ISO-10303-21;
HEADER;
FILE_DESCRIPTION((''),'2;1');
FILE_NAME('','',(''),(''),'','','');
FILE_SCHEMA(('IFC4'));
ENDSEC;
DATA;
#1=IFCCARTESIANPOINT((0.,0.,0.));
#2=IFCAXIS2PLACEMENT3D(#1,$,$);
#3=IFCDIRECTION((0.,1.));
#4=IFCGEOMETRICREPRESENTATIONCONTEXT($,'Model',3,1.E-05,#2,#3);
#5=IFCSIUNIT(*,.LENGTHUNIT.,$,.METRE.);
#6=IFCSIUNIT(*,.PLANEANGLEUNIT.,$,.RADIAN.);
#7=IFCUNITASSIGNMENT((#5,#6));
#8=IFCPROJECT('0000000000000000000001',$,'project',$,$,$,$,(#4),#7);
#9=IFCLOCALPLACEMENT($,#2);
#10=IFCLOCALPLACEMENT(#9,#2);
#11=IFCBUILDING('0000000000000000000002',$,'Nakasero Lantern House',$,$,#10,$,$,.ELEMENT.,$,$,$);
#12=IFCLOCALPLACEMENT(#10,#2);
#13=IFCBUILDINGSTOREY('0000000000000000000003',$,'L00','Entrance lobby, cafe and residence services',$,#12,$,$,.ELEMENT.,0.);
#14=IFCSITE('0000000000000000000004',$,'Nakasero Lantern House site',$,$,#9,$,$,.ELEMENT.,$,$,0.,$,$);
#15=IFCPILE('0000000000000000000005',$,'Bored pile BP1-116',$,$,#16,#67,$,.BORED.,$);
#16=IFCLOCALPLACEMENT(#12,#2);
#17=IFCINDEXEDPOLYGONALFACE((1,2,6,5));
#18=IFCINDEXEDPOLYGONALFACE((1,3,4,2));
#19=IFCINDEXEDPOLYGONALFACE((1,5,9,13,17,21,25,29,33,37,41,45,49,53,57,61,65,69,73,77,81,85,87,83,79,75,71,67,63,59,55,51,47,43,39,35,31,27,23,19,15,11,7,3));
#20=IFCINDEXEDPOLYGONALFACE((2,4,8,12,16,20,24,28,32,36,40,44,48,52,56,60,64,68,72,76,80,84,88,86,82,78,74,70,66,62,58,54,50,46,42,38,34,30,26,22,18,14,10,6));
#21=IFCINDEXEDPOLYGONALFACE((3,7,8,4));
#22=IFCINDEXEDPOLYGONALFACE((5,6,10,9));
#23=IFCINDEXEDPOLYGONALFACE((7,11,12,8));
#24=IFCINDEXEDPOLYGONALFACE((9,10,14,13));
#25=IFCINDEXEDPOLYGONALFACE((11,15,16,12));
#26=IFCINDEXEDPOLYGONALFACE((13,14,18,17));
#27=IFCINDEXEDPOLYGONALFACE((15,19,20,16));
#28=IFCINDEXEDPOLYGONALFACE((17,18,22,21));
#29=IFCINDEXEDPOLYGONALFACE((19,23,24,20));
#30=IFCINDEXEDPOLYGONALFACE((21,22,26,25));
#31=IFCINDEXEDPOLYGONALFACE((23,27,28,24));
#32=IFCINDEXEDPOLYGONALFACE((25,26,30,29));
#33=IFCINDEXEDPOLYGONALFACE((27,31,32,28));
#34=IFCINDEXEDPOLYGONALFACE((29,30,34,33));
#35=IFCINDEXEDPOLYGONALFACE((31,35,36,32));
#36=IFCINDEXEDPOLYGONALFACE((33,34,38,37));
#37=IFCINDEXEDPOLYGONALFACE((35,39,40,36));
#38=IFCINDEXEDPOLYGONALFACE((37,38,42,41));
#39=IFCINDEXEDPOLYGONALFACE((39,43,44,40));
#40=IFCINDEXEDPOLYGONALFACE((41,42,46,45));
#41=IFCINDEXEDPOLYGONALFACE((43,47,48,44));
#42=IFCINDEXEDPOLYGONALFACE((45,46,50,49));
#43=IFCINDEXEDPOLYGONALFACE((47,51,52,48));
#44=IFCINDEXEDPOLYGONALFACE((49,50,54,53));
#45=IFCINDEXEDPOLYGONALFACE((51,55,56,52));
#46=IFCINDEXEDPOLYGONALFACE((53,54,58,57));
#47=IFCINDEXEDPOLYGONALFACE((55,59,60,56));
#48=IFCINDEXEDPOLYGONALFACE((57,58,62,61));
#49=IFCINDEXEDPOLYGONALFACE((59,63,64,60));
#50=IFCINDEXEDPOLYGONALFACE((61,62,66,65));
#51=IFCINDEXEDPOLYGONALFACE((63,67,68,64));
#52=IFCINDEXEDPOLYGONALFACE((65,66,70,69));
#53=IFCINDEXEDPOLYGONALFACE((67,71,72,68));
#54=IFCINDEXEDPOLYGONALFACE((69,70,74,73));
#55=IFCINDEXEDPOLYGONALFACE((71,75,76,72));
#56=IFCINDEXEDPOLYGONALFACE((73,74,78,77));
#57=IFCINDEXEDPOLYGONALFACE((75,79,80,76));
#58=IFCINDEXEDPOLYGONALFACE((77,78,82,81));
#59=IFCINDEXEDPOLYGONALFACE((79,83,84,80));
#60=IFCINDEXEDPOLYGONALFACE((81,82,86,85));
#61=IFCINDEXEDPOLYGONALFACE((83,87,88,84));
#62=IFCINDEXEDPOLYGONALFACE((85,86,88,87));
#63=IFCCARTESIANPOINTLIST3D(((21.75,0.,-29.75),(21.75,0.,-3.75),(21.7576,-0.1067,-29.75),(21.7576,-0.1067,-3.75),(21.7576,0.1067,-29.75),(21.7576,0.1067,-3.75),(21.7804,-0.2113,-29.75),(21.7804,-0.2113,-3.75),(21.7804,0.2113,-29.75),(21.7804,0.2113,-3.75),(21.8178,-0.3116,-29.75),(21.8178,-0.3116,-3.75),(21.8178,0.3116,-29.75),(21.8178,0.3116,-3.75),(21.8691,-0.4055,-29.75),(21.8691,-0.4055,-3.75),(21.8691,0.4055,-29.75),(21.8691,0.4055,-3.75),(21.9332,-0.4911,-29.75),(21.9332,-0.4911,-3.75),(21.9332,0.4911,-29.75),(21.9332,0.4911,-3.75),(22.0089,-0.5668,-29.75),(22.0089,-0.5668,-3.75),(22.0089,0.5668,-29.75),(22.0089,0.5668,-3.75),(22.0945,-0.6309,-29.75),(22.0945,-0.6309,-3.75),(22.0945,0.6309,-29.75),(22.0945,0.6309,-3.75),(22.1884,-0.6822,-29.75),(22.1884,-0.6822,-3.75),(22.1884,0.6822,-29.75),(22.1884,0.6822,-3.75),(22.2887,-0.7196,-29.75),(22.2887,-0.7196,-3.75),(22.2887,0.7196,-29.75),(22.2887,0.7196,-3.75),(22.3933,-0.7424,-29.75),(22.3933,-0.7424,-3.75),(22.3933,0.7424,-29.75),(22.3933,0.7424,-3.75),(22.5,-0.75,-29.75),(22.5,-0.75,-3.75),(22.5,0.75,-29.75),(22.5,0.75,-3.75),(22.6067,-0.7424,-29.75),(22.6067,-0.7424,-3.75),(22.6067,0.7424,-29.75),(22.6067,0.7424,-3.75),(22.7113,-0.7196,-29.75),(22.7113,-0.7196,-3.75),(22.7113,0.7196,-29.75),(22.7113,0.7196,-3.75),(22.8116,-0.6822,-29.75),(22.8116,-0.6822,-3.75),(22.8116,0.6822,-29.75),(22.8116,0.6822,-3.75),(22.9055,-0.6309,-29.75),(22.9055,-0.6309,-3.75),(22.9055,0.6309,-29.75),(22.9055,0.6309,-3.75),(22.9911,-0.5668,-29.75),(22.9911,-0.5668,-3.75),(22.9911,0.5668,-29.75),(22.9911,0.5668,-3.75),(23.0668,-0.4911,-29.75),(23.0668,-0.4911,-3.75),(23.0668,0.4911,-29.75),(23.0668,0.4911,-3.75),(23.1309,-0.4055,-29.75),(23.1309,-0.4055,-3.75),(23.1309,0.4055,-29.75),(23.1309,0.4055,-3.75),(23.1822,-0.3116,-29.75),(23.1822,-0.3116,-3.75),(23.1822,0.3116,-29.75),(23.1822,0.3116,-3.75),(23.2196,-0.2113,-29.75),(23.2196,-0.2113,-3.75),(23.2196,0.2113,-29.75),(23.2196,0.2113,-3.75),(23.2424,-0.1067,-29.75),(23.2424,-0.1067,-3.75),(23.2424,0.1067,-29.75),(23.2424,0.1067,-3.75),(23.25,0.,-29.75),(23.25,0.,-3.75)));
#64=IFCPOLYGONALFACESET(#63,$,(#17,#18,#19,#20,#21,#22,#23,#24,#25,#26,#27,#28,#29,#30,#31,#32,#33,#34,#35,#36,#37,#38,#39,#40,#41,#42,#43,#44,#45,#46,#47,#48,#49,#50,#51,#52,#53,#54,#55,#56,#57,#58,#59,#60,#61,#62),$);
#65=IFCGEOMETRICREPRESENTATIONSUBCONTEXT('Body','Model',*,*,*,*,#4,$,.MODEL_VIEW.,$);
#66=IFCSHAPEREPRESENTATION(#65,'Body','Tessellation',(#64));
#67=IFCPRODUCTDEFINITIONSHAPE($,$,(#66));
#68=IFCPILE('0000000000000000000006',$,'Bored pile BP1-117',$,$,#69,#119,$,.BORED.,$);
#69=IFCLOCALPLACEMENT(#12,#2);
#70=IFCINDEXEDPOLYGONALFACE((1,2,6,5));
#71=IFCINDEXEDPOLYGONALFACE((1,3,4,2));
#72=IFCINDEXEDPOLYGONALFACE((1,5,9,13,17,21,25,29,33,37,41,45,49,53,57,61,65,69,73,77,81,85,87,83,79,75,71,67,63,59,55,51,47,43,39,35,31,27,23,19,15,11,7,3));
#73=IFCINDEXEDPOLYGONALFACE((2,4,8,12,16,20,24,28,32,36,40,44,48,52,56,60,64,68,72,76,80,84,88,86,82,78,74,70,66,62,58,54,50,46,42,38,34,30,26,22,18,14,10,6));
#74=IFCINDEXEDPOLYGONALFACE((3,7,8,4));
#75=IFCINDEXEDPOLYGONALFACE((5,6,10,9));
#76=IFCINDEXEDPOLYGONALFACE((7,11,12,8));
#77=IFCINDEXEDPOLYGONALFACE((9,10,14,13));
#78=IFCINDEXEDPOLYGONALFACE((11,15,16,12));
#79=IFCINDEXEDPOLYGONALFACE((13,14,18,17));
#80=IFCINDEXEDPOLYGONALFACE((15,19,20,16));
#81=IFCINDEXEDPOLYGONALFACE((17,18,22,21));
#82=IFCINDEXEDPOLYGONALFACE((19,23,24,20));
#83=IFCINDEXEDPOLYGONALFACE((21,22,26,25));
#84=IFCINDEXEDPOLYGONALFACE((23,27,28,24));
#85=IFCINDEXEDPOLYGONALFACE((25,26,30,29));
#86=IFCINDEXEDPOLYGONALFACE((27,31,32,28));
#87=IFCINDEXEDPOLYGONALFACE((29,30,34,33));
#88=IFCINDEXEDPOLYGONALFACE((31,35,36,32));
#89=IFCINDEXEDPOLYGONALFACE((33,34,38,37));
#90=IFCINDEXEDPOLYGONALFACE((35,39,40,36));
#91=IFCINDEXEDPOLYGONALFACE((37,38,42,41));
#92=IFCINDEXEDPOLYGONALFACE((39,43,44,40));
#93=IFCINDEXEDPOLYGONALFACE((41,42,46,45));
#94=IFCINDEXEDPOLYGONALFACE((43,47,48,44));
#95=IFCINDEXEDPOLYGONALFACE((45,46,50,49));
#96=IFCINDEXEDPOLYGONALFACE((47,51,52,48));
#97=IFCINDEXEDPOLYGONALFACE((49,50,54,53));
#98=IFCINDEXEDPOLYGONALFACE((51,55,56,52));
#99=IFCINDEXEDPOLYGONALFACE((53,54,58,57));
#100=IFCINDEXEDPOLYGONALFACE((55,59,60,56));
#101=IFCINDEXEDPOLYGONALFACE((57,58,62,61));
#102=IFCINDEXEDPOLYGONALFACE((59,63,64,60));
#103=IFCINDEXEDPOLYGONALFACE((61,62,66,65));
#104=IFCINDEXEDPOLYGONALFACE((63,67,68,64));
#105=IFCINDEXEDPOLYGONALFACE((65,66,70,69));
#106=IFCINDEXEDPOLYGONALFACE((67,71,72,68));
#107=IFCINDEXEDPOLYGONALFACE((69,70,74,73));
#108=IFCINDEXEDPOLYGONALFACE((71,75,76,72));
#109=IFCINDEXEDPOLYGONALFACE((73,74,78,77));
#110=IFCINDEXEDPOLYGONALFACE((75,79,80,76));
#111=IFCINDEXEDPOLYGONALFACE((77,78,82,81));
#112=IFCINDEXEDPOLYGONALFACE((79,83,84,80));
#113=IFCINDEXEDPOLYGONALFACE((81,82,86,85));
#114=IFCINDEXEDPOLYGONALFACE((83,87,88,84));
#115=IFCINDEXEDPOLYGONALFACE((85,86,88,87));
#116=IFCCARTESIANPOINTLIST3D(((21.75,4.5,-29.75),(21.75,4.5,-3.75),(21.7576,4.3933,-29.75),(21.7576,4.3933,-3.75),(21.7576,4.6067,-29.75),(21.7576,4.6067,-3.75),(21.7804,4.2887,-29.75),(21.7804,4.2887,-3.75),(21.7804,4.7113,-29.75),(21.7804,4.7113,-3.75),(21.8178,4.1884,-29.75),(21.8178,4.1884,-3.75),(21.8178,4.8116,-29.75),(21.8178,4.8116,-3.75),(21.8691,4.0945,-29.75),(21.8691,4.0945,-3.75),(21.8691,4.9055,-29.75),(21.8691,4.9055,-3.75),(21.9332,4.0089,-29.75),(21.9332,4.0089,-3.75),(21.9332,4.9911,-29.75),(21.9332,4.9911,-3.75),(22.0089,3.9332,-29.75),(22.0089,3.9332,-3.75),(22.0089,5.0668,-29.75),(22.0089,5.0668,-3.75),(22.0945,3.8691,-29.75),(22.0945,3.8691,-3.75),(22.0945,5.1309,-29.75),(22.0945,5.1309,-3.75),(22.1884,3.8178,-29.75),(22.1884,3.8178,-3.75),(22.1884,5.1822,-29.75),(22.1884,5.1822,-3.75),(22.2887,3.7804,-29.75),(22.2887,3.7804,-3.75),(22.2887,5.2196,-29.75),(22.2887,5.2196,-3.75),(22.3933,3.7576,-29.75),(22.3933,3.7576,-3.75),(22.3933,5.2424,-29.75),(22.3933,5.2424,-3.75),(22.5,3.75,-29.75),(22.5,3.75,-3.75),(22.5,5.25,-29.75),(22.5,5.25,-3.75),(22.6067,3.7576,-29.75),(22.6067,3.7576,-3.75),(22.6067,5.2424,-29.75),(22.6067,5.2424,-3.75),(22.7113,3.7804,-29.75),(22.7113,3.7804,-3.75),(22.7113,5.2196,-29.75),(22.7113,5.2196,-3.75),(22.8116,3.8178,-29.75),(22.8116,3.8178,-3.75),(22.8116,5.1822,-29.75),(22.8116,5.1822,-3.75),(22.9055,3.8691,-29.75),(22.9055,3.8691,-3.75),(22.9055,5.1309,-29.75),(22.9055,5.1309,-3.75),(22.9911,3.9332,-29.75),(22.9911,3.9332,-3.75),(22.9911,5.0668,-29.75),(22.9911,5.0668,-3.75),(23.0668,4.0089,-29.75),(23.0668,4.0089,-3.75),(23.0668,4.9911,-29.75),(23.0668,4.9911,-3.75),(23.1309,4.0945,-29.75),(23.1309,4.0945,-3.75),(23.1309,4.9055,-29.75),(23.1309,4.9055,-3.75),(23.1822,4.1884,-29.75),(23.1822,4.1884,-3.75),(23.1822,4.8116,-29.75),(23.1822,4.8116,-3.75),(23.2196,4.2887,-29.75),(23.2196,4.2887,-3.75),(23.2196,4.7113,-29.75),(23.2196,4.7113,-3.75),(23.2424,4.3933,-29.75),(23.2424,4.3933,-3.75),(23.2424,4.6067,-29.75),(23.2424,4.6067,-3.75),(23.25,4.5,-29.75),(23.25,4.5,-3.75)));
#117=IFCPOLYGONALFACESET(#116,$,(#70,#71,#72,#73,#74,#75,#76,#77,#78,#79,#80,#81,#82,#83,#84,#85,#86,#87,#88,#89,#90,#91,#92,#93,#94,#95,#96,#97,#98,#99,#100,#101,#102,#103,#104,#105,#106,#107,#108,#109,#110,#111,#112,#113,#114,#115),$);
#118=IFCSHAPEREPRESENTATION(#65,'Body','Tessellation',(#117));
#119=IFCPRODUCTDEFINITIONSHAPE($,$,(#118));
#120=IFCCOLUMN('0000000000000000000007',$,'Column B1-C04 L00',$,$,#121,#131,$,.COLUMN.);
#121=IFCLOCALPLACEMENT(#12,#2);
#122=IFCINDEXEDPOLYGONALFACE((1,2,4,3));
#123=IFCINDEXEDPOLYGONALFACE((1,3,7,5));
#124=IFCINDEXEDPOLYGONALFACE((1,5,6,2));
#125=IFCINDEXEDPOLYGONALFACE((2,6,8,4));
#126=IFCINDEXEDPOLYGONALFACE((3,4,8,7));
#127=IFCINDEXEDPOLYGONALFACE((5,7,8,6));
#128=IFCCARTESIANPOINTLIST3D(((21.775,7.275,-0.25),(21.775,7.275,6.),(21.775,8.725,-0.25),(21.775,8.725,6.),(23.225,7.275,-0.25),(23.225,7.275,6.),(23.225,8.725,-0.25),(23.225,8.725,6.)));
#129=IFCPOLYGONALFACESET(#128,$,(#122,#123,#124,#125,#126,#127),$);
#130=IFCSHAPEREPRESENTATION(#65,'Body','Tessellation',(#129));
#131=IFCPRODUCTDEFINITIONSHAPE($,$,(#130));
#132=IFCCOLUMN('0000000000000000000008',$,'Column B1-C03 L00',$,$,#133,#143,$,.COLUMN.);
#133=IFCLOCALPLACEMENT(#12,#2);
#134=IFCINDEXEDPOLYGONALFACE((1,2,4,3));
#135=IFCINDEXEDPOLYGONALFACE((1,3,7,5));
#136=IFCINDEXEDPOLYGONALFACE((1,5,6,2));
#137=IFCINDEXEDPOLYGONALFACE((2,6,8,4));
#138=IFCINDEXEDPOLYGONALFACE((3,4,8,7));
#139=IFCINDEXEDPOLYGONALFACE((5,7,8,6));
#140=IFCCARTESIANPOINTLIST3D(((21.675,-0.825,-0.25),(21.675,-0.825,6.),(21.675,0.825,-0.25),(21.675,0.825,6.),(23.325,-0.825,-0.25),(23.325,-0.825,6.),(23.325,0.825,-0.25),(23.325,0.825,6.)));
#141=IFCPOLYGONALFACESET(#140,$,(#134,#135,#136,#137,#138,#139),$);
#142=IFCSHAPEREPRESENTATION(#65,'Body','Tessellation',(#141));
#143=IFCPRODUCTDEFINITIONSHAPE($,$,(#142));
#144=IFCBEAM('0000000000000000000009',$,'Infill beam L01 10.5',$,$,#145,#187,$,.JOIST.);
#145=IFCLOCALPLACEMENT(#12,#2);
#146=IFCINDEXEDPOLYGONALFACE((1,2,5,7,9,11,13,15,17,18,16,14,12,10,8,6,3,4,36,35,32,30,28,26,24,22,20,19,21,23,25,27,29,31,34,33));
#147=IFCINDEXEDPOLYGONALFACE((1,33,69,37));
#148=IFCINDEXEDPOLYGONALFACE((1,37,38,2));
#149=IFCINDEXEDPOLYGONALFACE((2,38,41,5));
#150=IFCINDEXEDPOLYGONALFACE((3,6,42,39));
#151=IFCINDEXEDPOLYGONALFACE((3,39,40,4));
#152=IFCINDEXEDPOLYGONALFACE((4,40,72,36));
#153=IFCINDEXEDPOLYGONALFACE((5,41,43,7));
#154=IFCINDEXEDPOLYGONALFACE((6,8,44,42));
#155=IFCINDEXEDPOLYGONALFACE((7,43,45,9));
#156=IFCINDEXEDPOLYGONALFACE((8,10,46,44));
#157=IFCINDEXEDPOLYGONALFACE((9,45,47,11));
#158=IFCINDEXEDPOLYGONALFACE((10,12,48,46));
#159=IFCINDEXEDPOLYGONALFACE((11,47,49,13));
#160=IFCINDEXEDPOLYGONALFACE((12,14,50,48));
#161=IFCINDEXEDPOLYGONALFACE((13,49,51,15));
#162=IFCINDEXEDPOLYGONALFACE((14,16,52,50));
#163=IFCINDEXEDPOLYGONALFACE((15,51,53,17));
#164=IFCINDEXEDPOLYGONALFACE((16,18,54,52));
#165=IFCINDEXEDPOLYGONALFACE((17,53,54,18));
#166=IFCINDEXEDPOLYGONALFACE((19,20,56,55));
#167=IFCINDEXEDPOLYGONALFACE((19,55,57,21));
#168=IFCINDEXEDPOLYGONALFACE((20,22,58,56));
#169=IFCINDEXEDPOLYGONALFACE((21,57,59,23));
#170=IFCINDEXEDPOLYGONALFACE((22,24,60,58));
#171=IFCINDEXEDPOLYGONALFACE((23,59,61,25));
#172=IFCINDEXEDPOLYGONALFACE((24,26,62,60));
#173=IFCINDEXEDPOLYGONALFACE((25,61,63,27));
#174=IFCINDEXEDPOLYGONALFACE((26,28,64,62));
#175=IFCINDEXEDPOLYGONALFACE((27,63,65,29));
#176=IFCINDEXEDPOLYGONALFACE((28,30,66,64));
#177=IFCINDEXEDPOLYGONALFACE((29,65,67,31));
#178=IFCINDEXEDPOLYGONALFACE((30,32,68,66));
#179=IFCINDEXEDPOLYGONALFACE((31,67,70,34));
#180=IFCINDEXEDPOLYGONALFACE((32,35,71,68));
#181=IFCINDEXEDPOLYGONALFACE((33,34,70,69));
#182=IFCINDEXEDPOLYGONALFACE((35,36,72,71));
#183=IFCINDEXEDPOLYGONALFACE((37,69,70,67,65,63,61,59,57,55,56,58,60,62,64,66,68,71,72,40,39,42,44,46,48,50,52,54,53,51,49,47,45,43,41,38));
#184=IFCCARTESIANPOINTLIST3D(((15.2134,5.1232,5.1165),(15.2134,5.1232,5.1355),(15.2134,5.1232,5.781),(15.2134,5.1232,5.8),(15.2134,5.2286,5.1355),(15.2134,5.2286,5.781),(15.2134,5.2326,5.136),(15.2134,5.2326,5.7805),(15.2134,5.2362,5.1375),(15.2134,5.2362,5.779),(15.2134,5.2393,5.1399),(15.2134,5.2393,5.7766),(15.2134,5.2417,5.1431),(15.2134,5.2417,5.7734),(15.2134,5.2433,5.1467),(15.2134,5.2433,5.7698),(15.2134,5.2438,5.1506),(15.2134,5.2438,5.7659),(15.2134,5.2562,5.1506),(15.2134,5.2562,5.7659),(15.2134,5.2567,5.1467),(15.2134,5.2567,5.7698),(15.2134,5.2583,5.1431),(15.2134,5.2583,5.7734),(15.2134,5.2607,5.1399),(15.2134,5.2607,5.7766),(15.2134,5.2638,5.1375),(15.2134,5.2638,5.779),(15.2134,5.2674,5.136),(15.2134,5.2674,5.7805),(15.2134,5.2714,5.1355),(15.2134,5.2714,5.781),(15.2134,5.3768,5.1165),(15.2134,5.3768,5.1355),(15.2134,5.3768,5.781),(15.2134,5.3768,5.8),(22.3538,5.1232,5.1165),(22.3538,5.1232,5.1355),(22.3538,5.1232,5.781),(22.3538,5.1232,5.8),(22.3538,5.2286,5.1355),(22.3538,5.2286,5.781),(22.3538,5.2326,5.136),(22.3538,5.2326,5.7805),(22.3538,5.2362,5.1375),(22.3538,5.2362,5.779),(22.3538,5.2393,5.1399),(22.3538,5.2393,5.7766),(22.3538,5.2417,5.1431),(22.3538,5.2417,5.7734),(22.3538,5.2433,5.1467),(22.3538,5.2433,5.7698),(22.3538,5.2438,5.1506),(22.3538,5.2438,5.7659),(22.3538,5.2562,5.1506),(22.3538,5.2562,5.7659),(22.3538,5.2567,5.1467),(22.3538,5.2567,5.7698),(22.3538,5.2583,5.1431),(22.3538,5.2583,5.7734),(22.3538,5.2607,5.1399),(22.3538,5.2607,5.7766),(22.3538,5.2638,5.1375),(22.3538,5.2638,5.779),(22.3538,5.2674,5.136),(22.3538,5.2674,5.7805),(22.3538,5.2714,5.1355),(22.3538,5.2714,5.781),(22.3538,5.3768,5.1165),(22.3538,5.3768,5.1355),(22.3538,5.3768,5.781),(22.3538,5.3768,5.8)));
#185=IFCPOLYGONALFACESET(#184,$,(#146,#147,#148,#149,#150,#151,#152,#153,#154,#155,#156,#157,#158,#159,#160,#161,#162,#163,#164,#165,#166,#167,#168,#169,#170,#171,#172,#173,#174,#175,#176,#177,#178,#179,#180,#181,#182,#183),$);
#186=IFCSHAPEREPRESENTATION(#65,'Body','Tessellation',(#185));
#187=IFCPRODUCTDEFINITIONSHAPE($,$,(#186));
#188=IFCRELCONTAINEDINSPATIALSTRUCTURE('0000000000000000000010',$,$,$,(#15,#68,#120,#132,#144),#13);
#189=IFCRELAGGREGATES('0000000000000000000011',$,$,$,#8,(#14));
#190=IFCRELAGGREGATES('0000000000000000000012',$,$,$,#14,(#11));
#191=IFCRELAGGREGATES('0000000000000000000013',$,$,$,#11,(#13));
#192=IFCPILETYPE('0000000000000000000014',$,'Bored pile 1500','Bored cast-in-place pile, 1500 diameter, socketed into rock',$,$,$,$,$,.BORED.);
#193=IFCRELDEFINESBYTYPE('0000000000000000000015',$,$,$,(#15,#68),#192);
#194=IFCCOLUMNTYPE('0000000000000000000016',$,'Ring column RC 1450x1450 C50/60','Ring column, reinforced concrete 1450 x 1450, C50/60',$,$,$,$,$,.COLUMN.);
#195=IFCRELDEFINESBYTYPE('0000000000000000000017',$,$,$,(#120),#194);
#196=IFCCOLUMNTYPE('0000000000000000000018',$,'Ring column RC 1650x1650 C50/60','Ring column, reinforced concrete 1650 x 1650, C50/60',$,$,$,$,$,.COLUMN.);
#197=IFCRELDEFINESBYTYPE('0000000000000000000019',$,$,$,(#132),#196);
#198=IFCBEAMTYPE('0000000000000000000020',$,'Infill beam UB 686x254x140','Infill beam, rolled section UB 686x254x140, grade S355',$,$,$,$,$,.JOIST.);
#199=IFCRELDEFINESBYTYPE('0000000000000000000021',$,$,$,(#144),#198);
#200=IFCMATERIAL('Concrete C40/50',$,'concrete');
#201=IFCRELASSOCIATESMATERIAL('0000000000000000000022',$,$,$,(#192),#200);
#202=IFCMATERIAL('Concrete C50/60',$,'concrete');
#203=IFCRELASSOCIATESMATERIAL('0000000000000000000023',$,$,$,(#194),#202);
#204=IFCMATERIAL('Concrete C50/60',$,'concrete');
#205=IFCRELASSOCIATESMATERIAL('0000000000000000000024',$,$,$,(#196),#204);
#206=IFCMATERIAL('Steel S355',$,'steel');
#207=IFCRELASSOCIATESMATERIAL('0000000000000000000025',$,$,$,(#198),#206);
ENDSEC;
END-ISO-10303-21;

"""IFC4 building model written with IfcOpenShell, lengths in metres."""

from ifc_helpers import new_model, si_unit, direction, frame, origin, origin_2d, place, context, subcontext, project, spatial, rectangle, circle, i_section, extrude, material, material_profile, profile_set, type_object, element, save


model = new_model("IFC4")

# Units and contexts
model_context = context("Model", 3, precision=1e-05, world=origin(), true_north=direction((0.0, 1.0)))
body_context = subcontext(model_context, "Body", "Model", "MODEL_VIEW")
ifc_project = project(units=[si_unit("LENGTHUNIT", "METRE"), si_unit("PLANEANGLEUNIT", "RADIAN")], contexts=[model_context])

# Site, building, storey
site_placement = place(None, origin())
site = spatial("IfcSite", under=ifc_project, at=site_placement, Name="Nakasero Lantern House site", CompositionType="ELEMENT", RefElevation=0.0)
building_placement = place(site_placement, origin())
building = spatial("IfcBuilding", under=site, at=building_placement, Name="Nakasero Lantern House", CompositionType="ELEMENT")
storey_placement = place(building_placement, origin())
storey = spatial("IfcBuildingStorey", under=building, at=storey_placement, Name="L00", Description="Entrance lobby, cafe and residence services", CompositionType="ELEMENT", Elevation=0.0)

# Piles
ifc_material_1 = material(Name="Concrete C40/50", Category="concrete")
pile_type = type_object("IfcPileType", Name="Bored pile 1500", Description="Bored cast-in-place pile, 1500 diameter, socketed into rock", PredefinedType="BORED", material=ifc_material_1)
for number, where, z_axis, x_axis, name in (
    (1, (22.5, 0.0, -3.75), (0.0, 0.0, -1.0), (1.0, 0.0, 0.0), "Bored pile BP1-116"),
    (2, (22.5, 4.5, -3.75), (0.0, 0.0, -1.0), (1.0, 0.0, 0.0), "Bored pile BP1-117"),
):
    element("IfcPile", number, at=place(storey_placement, frame(where, z_axis=z_axis, x_axis=x_axis)), inside=storey, type_object=pile_type, Name=name, PredefinedType="BORED", context=body_context, shape_type="SweptSolid", body=[
        extrude(circle(Radius=0.75, at=origin_2d()), origin(), (0.0, 0.0, 1.0), 26.0),
    ])

# Columns
ifc_material_2 = material(Name="Concrete C50/60", Category="concrete")
ifc_material_profile_1 = material_profile(ifc_material_2, rectangle(XDim=1.45, YDim=1.45, at=origin_2d()), Name="RC 1450x1450")
ifc_profile_set_1 = profile_set([ifc_material_profile_1], Name="Concrete C50/60")
column_type_1 = type_object("IfcColumnType", Name="Ring column RC 1450x1450 C50/60", Description="Ring column, reinforced concrete 1450 x 1450, C50/60", PredefinedType="COLUMN", material=ifc_profile_set_1)
column_1_placement = place(storey_placement, frame((22.5, 8.0, -0.25), z_axis=(0.0, 0.0, 1.0), x_axis=(1.0, 0.0, 0.0)))
element("IfcColumn", 3, at=column_1_placement, inside=storey, type_object=column_type_1, Name="Column B1-C04 L00", PredefinedType="COLUMN", context=body_context, shape_type="SweptSolid", body=[
    extrude(rectangle(XDim=1.45, YDim=1.45, at=origin_2d()), origin(), (0.0, 0.0, 1.0), 6.25),
])
ifc_material_3 = material(Name="Concrete C50/60", Category="concrete")
ifc_material_profile_2 = material_profile(ifc_material_3, rectangle(XDim=1.6499, YDim=1.6499, at=origin_2d()), Name="RC 1650x1650")
ifc_profile_set_2 = profile_set([ifc_material_profile_2], Name="Concrete C50/60")
column_type_2 = type_object("IfcColumnType", Name="Ring column RC 1650x1650 C50/60", Description="Ring column, reinforced concrete 1650 x 1650, C50/60", PredefinedType="COLUMN", material=ifc_profile_set_2)
column_2_placement = place(storey_placement, frame((22.5, 0.0, -0.25), z_axis=(0.0, 0.0, 1.0), x_axis=(1.0, 0.0, 0.0)))
element("IfcColumn", 4, at=column_2_placement, inside=storey, type_object=column_type_2, Name="Column B1-C03 L00", PredefinedType="COLUMN", context=body_context, shape_type="SweptSolid", body=[
    extrude(rectangle(XDim=1.6499, YDim=1.6499, at=origin_2d()), origin(), (0.0, 0.0, 1.0), 6.25),
])

# Beam
ifc_material_4 = material(Name="Steel S355", Category="steel")
ifc_material_profile_3 = material_profile(ifc_material_4, i_section(OverallWidth=0.2537, OverallDepth=0.6836, WebThickness=0.0125, FlangeThickness=0.019, FilletRadius=0.0151, at=origin_2d()), Name="UB 686x254x140")
ifc_profile_set_3 = profile_set([ifc_material_profile_3], Name="Steel S355")
beam_type_1 = type_object("IfcBeamType", Name="Infill beam UB 686x254x140", Description="Infill beam, rolled section UB 686x254x140, grade S355", PredefinedType="JOIST", material=ifc_profile_set_3)
beam_1_placement = place(storey_placement, frame((15.2134, 5.25, 5.4583), z_axis=(1.0, 0.0, 0.0), x_axis=(0.0, 1.0, 0.0)))
element("IfcBeam", 5, at=beam_1_placement, inside=storey, type_object=beam_type_1, Name="Infill beam L01 10.5", PredefinedType="JOIST", context=body_context, shape_type="SweptSolid", body=[
    extrude(i_section(OverallWidth=0.2537, OverallDepth=0.6836, WebThickness=0.0125, FlangeThickness=0.019, FilletRadius=0.0151, at=origin_2d()), origin(), (0.0, 0.0, 1.0), 7.1404),
])

save(model, "model.ifc")
